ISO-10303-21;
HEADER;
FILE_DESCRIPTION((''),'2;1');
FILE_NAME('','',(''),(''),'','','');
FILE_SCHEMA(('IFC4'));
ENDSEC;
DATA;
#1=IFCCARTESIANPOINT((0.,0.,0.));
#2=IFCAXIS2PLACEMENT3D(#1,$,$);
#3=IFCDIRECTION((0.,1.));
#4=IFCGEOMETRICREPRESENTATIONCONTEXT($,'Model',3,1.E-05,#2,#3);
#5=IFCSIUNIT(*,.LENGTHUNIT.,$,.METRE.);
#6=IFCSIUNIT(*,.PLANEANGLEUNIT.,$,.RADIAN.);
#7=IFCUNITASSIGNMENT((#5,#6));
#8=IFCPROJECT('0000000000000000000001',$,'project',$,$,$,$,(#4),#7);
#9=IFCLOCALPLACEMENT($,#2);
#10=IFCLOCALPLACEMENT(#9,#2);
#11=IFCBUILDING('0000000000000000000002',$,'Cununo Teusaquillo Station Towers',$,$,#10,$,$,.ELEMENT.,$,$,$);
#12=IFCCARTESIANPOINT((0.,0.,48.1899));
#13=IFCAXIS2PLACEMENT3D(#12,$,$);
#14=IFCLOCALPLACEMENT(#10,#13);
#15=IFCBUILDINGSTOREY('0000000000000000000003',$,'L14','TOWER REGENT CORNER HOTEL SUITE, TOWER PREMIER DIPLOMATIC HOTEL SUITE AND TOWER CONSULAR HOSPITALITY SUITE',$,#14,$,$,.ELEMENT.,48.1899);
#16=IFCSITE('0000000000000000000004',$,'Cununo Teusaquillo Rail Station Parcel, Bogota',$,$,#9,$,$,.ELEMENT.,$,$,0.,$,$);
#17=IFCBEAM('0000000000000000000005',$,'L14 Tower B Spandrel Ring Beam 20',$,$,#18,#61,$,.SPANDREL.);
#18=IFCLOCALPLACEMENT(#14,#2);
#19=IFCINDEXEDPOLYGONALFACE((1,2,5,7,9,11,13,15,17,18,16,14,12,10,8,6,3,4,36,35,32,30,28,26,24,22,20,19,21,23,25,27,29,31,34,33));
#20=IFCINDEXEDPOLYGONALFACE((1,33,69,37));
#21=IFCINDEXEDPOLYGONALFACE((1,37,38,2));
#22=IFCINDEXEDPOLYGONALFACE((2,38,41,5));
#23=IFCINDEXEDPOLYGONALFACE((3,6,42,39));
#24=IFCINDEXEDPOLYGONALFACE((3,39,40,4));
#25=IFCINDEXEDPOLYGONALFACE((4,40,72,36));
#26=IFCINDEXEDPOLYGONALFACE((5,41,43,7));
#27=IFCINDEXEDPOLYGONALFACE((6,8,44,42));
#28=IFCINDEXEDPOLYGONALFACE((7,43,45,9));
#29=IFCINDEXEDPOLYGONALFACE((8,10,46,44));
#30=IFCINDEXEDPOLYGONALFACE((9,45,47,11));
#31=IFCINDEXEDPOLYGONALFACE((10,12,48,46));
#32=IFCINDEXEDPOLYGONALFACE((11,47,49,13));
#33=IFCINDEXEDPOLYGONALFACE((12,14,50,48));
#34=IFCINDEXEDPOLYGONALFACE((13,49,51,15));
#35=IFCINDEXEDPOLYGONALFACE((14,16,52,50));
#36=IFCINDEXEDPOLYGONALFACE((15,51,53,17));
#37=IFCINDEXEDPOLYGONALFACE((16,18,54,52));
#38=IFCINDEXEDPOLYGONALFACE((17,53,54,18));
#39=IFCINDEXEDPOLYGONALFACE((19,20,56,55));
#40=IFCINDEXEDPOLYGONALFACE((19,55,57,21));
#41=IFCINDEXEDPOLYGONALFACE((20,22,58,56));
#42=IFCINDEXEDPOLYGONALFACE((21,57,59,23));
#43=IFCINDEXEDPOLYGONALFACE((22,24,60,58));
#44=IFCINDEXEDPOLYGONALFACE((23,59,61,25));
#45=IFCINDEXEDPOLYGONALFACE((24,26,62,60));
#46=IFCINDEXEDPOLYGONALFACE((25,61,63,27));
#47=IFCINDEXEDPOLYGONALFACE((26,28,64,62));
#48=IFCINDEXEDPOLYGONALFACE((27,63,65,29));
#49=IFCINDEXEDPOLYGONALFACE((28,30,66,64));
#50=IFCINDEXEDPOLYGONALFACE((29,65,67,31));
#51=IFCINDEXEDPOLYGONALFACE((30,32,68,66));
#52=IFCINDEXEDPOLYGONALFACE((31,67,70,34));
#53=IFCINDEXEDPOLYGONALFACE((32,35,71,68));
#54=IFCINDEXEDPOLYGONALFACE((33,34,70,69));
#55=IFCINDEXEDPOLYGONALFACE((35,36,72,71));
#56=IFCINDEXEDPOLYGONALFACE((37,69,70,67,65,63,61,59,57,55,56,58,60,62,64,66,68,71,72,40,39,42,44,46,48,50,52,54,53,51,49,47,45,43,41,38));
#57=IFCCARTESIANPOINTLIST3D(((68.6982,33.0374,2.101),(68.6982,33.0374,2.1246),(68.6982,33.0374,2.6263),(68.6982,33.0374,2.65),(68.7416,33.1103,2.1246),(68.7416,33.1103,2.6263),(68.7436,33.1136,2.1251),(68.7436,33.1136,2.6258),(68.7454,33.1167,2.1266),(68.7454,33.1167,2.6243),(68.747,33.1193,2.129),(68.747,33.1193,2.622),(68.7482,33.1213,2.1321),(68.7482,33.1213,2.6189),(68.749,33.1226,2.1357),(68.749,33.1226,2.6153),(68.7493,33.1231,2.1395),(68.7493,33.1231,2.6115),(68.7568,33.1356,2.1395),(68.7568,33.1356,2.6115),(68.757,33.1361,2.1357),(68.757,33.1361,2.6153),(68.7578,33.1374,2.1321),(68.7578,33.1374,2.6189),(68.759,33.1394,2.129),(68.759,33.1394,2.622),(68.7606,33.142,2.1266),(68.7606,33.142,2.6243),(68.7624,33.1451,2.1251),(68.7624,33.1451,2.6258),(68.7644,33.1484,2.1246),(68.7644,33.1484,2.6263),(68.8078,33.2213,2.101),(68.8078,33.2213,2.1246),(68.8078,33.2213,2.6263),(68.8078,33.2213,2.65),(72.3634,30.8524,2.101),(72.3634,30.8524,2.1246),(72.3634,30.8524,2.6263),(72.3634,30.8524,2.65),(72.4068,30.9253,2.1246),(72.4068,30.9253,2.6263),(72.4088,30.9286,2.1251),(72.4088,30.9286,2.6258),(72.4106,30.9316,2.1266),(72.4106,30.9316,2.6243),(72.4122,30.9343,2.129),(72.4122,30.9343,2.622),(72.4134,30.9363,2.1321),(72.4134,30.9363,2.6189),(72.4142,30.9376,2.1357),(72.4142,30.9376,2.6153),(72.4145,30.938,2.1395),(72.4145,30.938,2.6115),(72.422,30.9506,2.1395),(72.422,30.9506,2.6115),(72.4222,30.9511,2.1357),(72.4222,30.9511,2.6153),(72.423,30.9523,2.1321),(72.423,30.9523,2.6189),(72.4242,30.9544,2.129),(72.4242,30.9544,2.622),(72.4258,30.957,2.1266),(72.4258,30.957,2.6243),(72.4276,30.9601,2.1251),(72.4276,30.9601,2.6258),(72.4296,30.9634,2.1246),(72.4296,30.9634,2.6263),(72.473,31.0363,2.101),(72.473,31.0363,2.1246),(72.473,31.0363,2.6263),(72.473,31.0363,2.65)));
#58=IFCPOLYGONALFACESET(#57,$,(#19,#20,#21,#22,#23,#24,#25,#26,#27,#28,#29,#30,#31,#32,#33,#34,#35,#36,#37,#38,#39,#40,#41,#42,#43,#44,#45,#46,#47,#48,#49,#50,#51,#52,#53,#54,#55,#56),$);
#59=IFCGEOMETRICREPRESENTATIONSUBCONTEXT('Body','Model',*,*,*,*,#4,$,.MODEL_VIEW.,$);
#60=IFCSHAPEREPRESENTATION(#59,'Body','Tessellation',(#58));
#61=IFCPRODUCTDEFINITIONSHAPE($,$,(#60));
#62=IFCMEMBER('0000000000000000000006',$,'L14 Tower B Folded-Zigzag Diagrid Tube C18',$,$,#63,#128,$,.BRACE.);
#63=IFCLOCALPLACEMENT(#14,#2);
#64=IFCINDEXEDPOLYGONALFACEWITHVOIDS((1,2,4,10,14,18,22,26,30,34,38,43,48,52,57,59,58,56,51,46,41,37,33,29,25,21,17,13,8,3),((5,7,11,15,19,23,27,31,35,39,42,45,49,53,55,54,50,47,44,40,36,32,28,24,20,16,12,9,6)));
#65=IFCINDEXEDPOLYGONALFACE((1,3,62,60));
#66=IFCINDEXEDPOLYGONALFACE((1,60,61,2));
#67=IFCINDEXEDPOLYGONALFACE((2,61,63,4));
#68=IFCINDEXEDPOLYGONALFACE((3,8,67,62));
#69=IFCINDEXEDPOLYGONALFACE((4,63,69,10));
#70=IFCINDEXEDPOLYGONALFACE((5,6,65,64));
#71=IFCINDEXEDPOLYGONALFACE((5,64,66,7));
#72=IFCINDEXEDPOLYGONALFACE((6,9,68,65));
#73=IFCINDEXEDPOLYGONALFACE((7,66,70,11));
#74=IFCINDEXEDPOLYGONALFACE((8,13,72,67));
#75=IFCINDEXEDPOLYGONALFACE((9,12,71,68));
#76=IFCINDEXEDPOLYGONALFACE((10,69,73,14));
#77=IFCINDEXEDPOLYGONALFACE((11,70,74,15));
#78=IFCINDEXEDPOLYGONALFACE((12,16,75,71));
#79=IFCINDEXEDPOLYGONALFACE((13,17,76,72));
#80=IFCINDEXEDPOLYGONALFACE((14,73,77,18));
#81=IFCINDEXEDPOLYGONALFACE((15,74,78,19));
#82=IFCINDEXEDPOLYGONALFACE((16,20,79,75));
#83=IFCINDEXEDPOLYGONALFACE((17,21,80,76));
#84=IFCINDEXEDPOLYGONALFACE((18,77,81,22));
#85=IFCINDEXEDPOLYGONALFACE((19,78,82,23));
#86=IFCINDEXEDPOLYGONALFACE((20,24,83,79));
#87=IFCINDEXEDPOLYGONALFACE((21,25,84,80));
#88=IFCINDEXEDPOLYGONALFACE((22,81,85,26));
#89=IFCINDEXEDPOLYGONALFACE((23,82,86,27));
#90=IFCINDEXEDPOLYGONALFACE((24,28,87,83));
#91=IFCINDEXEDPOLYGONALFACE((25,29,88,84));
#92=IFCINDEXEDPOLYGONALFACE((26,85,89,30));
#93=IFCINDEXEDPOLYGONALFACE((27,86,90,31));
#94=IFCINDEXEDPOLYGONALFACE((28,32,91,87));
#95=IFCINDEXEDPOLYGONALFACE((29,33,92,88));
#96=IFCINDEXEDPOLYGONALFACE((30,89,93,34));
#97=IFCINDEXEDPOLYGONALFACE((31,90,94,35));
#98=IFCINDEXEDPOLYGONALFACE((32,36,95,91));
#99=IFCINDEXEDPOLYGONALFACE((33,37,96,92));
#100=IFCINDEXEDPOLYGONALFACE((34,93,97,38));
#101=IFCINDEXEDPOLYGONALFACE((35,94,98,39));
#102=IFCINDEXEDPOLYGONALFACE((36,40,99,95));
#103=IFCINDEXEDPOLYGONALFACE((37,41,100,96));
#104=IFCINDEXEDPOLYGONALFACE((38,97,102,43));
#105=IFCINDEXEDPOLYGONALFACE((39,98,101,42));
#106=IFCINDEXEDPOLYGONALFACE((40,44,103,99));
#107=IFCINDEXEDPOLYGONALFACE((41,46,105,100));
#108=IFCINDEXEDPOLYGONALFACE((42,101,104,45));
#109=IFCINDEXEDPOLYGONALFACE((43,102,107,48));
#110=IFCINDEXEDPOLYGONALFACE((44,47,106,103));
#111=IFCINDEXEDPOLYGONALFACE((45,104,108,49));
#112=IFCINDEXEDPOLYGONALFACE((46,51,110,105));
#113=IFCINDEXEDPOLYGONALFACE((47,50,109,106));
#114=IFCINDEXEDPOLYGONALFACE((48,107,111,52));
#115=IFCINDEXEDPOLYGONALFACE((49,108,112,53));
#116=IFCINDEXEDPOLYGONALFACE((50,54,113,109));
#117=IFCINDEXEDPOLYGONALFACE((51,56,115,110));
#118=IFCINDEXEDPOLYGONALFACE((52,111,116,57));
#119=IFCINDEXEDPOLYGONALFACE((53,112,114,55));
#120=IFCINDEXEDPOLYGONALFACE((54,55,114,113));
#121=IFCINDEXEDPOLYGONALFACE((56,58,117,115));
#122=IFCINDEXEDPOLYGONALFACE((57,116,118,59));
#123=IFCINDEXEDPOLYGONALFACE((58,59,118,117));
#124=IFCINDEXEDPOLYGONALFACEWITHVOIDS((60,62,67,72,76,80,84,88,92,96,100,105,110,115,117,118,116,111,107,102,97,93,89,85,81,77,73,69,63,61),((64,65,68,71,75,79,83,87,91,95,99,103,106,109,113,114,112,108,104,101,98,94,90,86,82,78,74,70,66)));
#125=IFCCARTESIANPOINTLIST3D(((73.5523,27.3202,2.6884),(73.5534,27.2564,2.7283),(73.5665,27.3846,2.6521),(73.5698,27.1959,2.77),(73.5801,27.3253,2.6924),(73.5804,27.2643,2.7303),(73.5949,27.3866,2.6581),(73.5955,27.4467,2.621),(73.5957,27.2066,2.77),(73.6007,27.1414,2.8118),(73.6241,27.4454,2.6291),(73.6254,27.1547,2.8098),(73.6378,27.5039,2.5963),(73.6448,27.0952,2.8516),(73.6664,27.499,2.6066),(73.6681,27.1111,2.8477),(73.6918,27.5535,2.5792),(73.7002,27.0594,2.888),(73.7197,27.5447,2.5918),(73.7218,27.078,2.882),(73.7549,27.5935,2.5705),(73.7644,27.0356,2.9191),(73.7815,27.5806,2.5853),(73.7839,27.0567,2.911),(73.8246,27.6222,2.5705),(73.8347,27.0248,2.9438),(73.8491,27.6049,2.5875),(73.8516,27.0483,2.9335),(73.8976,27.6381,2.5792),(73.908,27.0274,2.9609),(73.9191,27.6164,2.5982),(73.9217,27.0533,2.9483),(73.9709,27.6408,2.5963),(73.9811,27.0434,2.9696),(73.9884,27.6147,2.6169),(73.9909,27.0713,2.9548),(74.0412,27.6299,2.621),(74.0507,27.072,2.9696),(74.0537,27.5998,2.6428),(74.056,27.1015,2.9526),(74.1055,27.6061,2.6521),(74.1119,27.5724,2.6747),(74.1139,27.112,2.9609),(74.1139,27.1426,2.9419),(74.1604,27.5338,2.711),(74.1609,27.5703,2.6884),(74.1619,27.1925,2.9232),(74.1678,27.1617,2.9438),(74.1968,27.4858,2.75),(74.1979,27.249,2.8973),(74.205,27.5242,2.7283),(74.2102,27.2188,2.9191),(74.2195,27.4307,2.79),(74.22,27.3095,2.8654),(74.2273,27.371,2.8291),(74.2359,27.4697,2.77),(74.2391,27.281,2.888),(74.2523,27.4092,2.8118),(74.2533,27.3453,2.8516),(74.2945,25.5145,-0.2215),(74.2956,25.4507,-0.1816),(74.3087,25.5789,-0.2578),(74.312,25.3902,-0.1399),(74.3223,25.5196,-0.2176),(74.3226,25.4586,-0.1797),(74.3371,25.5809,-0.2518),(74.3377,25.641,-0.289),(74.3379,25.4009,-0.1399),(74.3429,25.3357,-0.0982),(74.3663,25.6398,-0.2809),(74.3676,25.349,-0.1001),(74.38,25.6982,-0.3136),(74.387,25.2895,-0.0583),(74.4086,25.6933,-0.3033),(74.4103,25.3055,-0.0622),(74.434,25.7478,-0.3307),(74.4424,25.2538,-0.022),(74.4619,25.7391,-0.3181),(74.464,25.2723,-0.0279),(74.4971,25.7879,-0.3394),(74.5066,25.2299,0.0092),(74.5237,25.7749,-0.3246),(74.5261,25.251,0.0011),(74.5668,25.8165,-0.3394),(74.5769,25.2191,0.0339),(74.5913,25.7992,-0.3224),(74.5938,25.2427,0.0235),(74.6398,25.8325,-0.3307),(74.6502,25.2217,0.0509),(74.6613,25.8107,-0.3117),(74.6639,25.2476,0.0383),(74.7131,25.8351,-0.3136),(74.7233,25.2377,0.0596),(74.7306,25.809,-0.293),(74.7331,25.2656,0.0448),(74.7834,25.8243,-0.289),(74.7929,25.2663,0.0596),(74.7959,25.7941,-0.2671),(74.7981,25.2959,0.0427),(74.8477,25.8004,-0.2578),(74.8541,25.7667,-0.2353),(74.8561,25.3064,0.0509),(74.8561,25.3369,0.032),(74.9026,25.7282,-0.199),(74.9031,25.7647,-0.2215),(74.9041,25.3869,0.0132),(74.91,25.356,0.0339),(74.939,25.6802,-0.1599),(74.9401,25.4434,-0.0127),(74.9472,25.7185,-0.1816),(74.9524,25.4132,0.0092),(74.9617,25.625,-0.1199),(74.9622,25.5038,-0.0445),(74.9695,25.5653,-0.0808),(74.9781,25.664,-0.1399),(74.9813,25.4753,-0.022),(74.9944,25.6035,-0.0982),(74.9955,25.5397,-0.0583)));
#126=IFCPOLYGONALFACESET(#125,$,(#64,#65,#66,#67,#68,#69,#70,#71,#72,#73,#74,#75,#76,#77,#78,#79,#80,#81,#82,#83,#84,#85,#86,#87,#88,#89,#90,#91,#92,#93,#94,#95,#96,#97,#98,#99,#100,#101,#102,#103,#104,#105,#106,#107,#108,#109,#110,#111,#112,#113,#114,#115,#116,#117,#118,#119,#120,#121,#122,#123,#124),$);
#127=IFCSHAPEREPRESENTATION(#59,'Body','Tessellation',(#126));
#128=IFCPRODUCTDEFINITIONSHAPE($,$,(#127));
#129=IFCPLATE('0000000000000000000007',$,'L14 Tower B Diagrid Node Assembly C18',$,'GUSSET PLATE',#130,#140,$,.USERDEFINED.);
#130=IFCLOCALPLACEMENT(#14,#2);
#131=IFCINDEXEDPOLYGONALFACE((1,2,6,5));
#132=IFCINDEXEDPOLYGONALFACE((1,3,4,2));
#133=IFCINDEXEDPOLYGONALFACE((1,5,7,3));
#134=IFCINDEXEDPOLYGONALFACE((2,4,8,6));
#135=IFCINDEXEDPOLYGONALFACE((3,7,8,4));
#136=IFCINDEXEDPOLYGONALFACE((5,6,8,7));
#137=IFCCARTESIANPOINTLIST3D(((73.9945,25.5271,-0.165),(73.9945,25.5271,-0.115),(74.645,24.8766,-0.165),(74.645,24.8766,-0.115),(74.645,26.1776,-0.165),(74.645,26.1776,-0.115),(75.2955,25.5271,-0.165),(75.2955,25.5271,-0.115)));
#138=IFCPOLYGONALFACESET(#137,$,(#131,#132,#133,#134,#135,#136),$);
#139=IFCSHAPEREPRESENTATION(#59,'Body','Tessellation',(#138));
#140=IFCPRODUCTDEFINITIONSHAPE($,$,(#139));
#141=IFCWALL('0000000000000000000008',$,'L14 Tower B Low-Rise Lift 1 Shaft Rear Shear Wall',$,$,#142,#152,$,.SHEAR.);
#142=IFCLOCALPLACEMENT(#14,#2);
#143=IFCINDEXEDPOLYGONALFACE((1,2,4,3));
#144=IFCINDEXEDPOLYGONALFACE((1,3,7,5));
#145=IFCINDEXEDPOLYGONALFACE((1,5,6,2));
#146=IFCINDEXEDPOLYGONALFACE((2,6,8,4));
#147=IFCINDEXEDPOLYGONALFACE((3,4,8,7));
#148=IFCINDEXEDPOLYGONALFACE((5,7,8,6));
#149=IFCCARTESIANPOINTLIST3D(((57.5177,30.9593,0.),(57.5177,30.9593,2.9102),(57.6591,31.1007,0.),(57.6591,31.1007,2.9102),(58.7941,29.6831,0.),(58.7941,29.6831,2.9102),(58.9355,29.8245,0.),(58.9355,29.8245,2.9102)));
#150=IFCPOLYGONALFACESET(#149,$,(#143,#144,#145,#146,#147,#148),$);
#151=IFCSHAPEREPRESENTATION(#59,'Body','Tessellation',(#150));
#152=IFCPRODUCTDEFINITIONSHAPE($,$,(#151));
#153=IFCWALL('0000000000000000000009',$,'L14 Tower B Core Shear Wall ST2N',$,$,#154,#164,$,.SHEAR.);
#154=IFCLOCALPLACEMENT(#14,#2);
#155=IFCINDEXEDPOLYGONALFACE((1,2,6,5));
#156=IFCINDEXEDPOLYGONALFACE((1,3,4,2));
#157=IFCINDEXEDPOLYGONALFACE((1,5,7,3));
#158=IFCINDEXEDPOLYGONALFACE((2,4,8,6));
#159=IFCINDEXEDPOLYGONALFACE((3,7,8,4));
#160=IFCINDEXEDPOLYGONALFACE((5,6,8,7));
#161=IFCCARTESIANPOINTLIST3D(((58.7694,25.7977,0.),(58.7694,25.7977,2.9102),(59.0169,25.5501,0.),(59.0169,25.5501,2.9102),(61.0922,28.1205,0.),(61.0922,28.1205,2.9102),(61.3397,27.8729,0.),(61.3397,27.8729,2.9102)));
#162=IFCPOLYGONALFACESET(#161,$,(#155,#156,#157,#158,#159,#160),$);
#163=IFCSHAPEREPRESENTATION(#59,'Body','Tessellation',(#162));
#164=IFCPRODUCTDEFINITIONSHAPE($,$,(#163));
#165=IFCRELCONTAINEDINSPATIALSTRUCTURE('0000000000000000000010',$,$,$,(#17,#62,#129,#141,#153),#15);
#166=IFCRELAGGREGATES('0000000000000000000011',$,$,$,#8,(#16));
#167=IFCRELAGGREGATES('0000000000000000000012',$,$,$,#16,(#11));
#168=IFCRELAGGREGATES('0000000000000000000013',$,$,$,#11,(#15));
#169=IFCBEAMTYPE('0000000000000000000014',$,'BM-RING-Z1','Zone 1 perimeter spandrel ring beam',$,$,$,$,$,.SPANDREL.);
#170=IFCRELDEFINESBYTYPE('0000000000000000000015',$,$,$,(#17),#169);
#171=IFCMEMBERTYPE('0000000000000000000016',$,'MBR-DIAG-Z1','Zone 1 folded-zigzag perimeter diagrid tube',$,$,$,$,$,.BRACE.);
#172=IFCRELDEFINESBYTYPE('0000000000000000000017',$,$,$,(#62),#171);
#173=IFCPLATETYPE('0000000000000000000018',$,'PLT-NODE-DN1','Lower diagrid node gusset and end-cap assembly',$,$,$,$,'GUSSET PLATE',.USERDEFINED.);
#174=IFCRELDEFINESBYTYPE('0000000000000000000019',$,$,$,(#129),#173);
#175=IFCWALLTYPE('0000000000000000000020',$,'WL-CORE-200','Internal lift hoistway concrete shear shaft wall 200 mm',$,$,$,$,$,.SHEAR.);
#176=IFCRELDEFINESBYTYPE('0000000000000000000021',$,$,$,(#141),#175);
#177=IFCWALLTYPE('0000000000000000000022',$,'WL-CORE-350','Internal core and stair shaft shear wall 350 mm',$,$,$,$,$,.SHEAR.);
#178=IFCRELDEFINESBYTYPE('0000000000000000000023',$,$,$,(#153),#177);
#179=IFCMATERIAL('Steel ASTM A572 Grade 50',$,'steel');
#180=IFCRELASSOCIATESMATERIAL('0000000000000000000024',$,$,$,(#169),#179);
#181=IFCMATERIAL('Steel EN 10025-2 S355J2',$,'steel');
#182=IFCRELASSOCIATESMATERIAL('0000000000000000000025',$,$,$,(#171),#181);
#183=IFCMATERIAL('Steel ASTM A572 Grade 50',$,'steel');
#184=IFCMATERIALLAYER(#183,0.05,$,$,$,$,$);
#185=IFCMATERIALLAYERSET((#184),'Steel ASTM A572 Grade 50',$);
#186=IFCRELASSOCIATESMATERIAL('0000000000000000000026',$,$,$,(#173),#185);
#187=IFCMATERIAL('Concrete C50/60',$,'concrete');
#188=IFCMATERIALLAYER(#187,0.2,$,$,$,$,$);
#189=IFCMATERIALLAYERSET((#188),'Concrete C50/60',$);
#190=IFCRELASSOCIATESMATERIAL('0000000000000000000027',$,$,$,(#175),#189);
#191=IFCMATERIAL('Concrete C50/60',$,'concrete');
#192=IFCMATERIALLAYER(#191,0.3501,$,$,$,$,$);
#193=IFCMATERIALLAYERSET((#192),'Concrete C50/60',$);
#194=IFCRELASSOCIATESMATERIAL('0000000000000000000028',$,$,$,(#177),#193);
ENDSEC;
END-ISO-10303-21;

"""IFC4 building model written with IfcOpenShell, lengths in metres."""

from ifc_helpers import new_model, si_unit, direction, frame, frame_2d, origin, origin_2d, place, context, subcontext, project, spatial, rectangle, hollow_circle, i_section, extrude, source, transform, mapped, material, layer, layer_set, material_profile, profile_set, type_object, element, save


model = new_model("IFC4")

# Units and contexts
model_context = context("Model", 3, precision=1e-05, world=origin(), true_north=direction((0.0, 1.0)))
body_context = subcontext(model_context, "Body", "Model", "MODEL_VIEW")
ifc_project = project(units=[si_unit("LENGTHUNIT", "METRE"), si_unit("PLANEANGLEUNIT", "RADIAN")], contexts=[model_context])

# Site, building, storey
site_placement = place(None, origin())
site = spatial("IfcSite", under=ifc_project, at=site_placement, Name="Cununo Teusaquillo Rail Station Parcel, Bogota", CompositionType="ELEMENT", RefElevation=0.0)
building_placement = place(site_placement, origin())
building = spatial("IfcBuilding", under=site, at=building_placement, Name="Cununo Teusaquillo Station Towers", CompositionType="ELEMENT")
storey_placement = place(building_placement, frame((0.0, 0.0, 48.1899)))
storey = spatial("IfcBuildingStorey", under=building, at=storey_placement, Name="L14", Description="TOWER REGENT CORNER HOTEL SUITE, TOWER PREMIER DIPLOMATIC HOTEL SUITE AND TOWER CONSULAR HOSPITALITY SUITE", CompositionType="ELEMENT", Elevation=48.1899)

# Beam
ifc_material_1 = material(Name="Steel ASTM A572 Grade 50", Category="steel")
ifc_material_profile_1 = material_profile(ifc_material_1, i_section(OverallWidth=0.2141, OverallDepth=0.5491, WebThickness=0.0146, FlangeThickness=0.0237, FilletRadius=0.0149, at=origin_2d()), Name="W21X93")
ifc_profile_set_1 = profile_set([ifc_material_profile_1], Name="Steel ASTM A572 Grade 50")
beam_type_1 = type_object("IfcBeamType", Name="BM-RING-Z1", Description="Zone 1 perimeter spandrel ring beam", PredefinedType="SPANDREL", material=ifc_profile_set_1)
beam_1_placement = place(storey_placement, frame((72.4182, 30.9443, 2.3755), z_axis=(-0.858948, 0.512062, 0.0), x_axis=(-0.512062, -0.858948, 0.0)))
element("IfcBeam", 1, at=beam_1_placement, inside=storey, type_object=beam_type_1, Name="L14 Tower B Spandrel Ring Beam 20", PredefinedType="SPANDREL", context=body_context, shape_type="SweptSolid", body=[
    extrude(i_section(OverallWidth=0.2141, OverallDepth=0.5491, WebThickness=0.0146, FlangeThickness=0.0237, FilletRadius=0.0149, at=origin_2d()), origin(), (0.0, 0.0, 1.0), 4.2671),
])

# Member
ifc_material_2 = material(Name="Steel EN 10025-2 S355J2", Category="steel")
ifc_material_profile_2 = material_profile(ifc_material_2, hollow_circle(Radius=0.3601, WallThickness=0.0281, at=origin_2d()), Name="CHS 720x28")
ifc_profile_set_2 = profile_set([ifc_material_profile_2], Name="Steel EN 10025-2 S355J2")
member_type = type_object("IfcMemberType", Name="MBR-DIAG-Z1", Description="Zone 1 folded-zigzag perimeter diagrid tube", PredefinedType="BRACE", material=ifc_profile_set_2)
member_placement = place(storey_placement, frame((74.645, 25.5271, -0.1399), z_axis=(-0.211804, 0.515298, 0.830426), x_axis=(-0.924916, -0.380171, 0.0)))
element("IfcMember", 2, at=member_placement, inside=storey, type_object=member_type, Name="L14 Tower B Folded-Zigzag Diagrid Tube C18", PredefinedType="BRACE", context=body_context, shape_type="SweptSolid", body=[
    extrude(hollow_circle(Radius=0.3601, WallThickness=0.0281, at=origin_2d()), origin(), (0.0, 0.0, 1.0), 3.5042),
])

# Plate
ifc_material_3 = material(Name="Steel ASTM A572 Grade 50", Category="steel")
ifc_layer_1 = layer(ifc_material_3, 0.05)
ifc_layer_set_1 = layer_set([ifc_layer_1], Name="Steel ASTM A572 Grade 50")
plate_type = type_object("IfcPlateType", Name="PLT-NODE-DN1", Description="Lower diagrid node gusset and end-cap assembly", ElementType="GUSSET PLATE", PredefinedType="USERDEFINED", material=ifc_layer_set_1)
shared_shape_1 = source(origin(), body_context, "Body", "SweptSolid", [
    extrude(rectangle(XDim=0.9199, YDim=0.9199, at=origin_2d()), origin(), (0.0, 0.0, 1.0), 0.05),
])
plate_placement = place(storey_placement, frame((74.645, 25.5271, -0.165), z_axis=(0.0, 0.0, 1.0), x_axis=(0.707107, 0.707107, 0.0)))
element("IfcPlate", 3, at=plate_placement, inside=storey, type_object=plate_type, Name="L14 Tower B Diagrid Node Assembly C18", ObjectType="GUSSET PLATE", PredefinedType="USERDEFINED", context=body_context, shape_type="MappedRepresentation", body=[
    mapped(shared_shape_1, transform((0.0, 0.0, 0.0), x_axis=(1.0, 0.0, 0.0), y_axis=(0.0, 1.0, 0.0), z_axis=(0.0, 0.0, 1.0), scale=1.0)),
])

# Walls
ifc_material_4 = material(Name="Concrete C50/60", Category="concrete")
ifc_layer_2 = layer(ifc_material_4, 0.2)
ifc_layer_set_2 = layer_set([ifc_layer_2], Name="Concrete C50/60")
wall_type_1 = type_object("IfcWallType", Name="WL-CORE-200", Description="Internal lift hoistway concrete shear shaft wall 200 mm", PredefinedType="SHEAR", material=ifc_layer_set_2)
wall_1_placement = place(storey_placement, frame((58.8647, 29.7539, 0.0), z_axis=(0.0, 0.0, 1.0), x_axis=(-0.707174, 0.707039, 0.0)))
element("IfcWall", 4, at=wall_1_placement, inside=storey, type_object=wall_type_1, Name="L14 Tower B Low-Rise Lift 1 Shaft Rear Shear Wall", PredefinedType="SHEAR", context=body_context, shape_type="SweptSolid", body=[
    extrude(rectangle(XDim=1.8049, YDim=0.2, at=frame_2d((0.9023, 0.0))), origin(), (0.0, 0.0, 1.0), 2.9102),
])
ifc_material_5 = material(Name="Concrete C50/60", Category="concrete")
ifc_layer_3 = layer(ifc_material_5, 0.3501)
ifc_layer_set_3 = layer_set([ifc_layer_3], Name="Concrete C50/60")
wall_type_2 = type_object("IfcWallType", Name="WL-CORE-350", Description="Internal core and stair shaft shear wall 350 mm", PredefinedType="SHEAR", material=ifc_layer_set_3)
wall_2_placement = place(storey_placement, frame((58.8931, 25.6738, 0.0), z_axis=(0.0, 0.0, 1.0), x_axis=(0.707107, 0.707107, 0.0)))
element("IfcWall", 5, at=wall_2_placement, inside=storey, type_object=wall_type_2, Name="L14 Tower B Core Shear Wall ST2N", PredefinedType="SHEAR", context=body_context, shape_type="SweptSolid", body=[
    extrude(rectangle(XDim=3.2849, YDim=0.3501, at=frame_2d((1.6426, 0.0))), origin(), (0.0, 0.0, 1.0), 2.9102),
])

save(model, "model.ifc")
